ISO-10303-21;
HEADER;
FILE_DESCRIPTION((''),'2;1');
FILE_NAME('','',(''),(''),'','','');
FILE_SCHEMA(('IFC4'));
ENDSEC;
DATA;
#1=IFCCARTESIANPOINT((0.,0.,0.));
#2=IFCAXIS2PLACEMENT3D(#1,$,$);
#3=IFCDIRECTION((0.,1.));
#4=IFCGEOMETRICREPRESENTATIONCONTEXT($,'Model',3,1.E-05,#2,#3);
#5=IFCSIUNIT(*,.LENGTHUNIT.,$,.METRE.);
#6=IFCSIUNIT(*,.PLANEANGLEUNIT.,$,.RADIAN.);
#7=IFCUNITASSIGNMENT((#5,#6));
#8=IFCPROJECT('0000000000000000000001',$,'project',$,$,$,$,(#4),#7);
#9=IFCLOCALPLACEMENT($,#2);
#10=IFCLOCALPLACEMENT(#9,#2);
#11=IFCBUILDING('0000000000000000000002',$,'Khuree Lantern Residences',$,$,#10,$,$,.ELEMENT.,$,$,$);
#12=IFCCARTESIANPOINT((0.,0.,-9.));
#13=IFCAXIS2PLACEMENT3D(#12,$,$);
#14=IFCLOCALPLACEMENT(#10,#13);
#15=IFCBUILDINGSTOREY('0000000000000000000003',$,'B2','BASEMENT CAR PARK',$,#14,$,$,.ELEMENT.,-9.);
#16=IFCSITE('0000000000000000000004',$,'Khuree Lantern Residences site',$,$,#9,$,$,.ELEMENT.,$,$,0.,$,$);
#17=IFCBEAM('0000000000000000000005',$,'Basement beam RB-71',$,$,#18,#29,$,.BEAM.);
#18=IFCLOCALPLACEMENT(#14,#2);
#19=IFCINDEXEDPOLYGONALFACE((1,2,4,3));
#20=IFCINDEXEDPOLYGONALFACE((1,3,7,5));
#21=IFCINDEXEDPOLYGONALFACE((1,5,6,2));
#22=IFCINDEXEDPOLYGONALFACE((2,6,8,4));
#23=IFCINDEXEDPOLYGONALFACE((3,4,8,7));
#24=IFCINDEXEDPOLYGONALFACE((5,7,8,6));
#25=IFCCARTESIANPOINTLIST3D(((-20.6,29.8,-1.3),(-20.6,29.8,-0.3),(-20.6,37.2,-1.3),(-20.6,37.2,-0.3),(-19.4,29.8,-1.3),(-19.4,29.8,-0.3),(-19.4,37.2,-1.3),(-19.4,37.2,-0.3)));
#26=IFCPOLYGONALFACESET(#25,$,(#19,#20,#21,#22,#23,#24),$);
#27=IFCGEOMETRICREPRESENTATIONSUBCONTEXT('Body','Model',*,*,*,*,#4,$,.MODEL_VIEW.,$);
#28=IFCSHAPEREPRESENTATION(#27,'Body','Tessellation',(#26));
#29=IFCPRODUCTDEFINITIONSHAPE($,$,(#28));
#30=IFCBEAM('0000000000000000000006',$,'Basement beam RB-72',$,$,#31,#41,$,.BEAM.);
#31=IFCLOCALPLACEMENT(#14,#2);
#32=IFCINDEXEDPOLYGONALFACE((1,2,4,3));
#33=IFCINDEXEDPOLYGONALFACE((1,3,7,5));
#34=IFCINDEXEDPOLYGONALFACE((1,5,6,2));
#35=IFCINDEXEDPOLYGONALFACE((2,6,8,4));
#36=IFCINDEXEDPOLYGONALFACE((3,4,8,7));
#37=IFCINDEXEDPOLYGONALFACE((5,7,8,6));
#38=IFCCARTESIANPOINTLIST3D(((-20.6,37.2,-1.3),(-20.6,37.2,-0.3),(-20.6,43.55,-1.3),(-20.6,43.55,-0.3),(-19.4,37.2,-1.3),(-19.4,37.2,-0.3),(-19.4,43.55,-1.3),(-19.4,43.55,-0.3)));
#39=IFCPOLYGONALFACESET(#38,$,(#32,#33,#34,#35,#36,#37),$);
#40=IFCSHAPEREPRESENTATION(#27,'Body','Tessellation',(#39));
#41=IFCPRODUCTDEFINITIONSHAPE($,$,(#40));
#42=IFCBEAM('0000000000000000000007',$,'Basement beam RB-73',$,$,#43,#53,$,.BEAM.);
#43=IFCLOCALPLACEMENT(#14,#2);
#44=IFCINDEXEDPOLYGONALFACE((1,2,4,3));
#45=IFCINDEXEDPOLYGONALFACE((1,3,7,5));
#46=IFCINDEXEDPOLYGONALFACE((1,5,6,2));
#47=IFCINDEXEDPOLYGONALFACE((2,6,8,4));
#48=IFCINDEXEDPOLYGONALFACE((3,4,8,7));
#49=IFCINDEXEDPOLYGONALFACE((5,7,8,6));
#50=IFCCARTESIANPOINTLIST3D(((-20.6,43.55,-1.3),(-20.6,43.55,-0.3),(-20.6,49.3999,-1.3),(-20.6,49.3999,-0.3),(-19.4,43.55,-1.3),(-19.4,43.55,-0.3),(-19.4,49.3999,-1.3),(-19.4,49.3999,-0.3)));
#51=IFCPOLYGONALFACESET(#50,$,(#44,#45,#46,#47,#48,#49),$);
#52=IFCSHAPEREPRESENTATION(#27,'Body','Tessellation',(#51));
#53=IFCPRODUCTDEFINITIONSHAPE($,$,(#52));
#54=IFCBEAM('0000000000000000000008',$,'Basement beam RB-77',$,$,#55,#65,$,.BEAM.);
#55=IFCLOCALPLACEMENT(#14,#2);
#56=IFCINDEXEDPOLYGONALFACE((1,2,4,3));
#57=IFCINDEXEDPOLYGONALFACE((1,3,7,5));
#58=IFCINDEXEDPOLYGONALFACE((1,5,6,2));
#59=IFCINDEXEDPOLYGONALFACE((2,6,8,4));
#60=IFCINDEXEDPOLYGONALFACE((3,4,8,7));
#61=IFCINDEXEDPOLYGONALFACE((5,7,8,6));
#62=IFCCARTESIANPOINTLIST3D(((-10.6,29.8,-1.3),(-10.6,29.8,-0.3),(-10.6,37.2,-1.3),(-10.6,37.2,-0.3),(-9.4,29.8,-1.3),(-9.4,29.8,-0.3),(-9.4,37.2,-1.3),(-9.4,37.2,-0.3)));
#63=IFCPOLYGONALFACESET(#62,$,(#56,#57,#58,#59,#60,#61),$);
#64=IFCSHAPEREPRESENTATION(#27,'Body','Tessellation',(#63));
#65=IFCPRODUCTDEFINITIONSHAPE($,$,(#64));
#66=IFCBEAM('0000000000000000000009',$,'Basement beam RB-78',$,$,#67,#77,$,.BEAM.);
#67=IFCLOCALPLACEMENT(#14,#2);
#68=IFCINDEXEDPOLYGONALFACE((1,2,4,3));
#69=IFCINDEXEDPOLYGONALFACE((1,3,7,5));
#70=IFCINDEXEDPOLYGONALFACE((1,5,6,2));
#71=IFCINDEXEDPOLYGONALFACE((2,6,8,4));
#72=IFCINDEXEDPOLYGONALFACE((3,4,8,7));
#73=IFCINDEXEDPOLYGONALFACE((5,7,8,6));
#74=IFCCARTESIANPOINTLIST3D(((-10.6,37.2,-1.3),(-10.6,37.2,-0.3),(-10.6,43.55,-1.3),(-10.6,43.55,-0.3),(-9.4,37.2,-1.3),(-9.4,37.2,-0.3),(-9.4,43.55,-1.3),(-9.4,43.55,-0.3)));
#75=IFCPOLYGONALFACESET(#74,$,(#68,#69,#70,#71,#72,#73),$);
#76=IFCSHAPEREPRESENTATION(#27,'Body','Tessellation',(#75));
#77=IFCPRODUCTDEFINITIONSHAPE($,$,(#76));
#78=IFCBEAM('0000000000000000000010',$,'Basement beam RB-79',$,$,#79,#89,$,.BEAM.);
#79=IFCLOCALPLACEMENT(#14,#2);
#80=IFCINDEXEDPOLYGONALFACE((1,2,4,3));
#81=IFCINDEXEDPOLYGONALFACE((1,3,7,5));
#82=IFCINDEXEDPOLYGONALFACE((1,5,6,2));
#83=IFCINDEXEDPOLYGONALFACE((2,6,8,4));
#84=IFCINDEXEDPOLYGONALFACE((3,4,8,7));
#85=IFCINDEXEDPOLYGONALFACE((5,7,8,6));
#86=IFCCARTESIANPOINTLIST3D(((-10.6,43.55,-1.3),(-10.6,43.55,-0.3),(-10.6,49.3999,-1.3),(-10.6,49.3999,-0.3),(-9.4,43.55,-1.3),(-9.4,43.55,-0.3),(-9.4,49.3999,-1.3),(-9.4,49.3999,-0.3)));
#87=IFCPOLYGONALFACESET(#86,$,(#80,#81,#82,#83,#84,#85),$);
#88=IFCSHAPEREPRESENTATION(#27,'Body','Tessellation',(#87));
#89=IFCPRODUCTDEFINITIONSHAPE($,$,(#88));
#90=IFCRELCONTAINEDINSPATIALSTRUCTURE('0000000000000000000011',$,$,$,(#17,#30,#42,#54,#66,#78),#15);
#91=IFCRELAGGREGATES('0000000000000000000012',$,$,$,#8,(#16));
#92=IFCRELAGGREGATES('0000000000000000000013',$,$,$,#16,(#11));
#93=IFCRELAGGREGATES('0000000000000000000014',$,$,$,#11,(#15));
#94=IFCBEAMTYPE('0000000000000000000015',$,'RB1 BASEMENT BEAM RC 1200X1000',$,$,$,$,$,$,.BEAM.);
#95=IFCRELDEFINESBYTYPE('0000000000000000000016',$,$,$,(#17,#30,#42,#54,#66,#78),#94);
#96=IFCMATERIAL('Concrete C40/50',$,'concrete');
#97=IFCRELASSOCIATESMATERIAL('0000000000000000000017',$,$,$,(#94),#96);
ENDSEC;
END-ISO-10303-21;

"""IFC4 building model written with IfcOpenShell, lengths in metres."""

from ifc_helpers import new_model, si_unit, direction, frame, origin, origin_2d, place, context, subcontext, project, spatial, rectangle, extrude, material, material_profile, profile_set, type_object, element, save


model = new_model("IFC4")

# Units and contexts
model_context = context("Model", 3, precision=1e-05, world=origin(), true_north=direction((0.0, 1.0)))
body_context = subcontext(model_context, "Body", "Model", "MODEL_VIEW")
ifc_project = project(units=[si_unit("LENGTHUNIT", "METRE"), si_unit("PLANEANGLEUNIT", "RADIAN")], contexts=[model_context])

# Site, building, storey
site_placement = place(None, origin())
site = spatial("IfcSite", under=ifc_project, at=site_placement, Name="Khuree Lantern Residences site", CompositionType="ELEMENT", RefElevation=0.0)
building_placement = place(site_placement, origin())
building = spatial("IfcBuilding", under=site, at=building_placement, Name="Khuree Lantern Residences", CompositionType="ELEMENT")
storey_placement = place(building_placement, frame((0.0, 0.0, -9.0)))
storey = spatial("IfcBuildingStorey", under=building, at=storey_placement, Name="B2", Description="BASEMENT CAR PARK", CompositionType="ELEMENT", Elevation=-9.0)

# Beams
ifc_material_1 = material(Name="Concrete C40/50", Category="concrete")
ifc_material_profile_1 = material_profile(ifc_material_1, rectangle(XDim=1.2, YDim=1.0, at=origin_2d()), Name="RC 1200X1000")
ifc_profile_set_1 = profile_set([ifc_material_profile_1], Name="Concrete C40/50")
beam_type_1 = type_object("IfcBeamType", Name="RB1 BASEMENT BEAM RC 1200X1000", PredefinedType="BEAM", material=ifc_profile_set_1)
beam_1_placement = place(storey_placement, frame((-20.0, 29.8, -0.8), z_axis=(0.0, 1.0, 0.0), x_axis=(-1.0, 0.0, 0.0)))
element("IfcBeam", 1, at=beam_1_placement, inside=storey, type_object=beam_type_1, Name="Basement beam RB-71", PredefinedType="BEAM", context=body_context, shape_type="SweptSolid", body=[
    extrude(rectangle(XDim=1.2, YDim=1.0, at=origin_2d()), origin(), (0.0, 0.0, 1.0), 7.3999),
])
beam_2_placement = place(storey_placement, frame((-20.0, 37.2, -0.8), z_axis=(0.0, 1.0, 0.0), x_axis=(-1.0, 0.0, 0.0)))
element("IfcBeam", 2, at=beam_2_placement, inside=storey, type_object=beam_type_1, Name="Basement beam RB-72", PredefinedType="BEAM", context=body_context, shape_type="SweptSolid", body=[
    extrude(rectangle(XDim=1.2, YDim=1.0, at=origin_2d()), origin(), (0.0, 0.0, 1.0), 6.3501),
])
beam_3_placement = place(storey_placement, frame((-20.0, 43.55, -0.8), z_axis=(0.0, 1.0, 0.0), x_axis=(-1.0, 0.0, 0.0)))
element("IfcBeam", 3, at=beam_3_placement, inside=storey, type_object=beam_type_1, Name="Basement beam RB-73", PredefinedType="BEAM", context=body_context, shape_type="SweptSolid", body=[
    extrude(rectangle(XDim=1.2, YDim=1.0, at=origin_2d()), origin(), (0.0, 0.0, 1.0), 5.8499),
])
beam_4_placement = place(storey_placement, frame((-10.0, 29.8, -0.8), z_axis=(0.0, 1.0, 0.0), x_axis=(-1.0, 0.0, 0.0)))
element("IfcBeam", 4, at=beam_4_placement, inside=storey, type_object=beam_type_1, Name="Basement beam RB-77", PredefinedType="BEAM", context=body_context, shape_type="SweptSolid", body=[
    extrude(rectangle(XDim=1.2, YDim=1.0, at=origin_2d()), origin(), (0.0, 0.0, 1.0), 7.3999),
])
beam_5_placement = place(storey_placement, frame((-10.0, 37.2, -0.8), z_axis=(0.0, 1.0, 0.0), x_axis=(-1.0, 0.0, 0.0)))
element("IfcBeam", 5, at=beam_5_placement, inside=storey, type_object=beam_type_1, Name="Basement beam RB-78", PredefinedType="BEAM", context=body_context, shape_type="SweptSolid", body=[
    extrude(rectangle(XDim=1.2, YDim=1.0, at=origin_2d()), origin(), (0.0, 0.0, 1.0), 6.3501),
])
beam_6_placement = place(storey_placement, frame((-10.0, 43.55, -0.8), z_axis=(0.0, 1.0, 0.0), x_axis=(-1.0, 0.0, 0.0)))
element("IfcBeam", 6, at=beam_6_placement, inside=storey, type_object=beam_type_1, Name="Basement beam RB-79", PredefinedType="BEAM", context=body_context, shape_type="SweptSolid", body=[
    extrude(rectangle(XDim=1.2, YDim=1.0, at=origin_2d()), origin(), (0.0, 0.0, 1.0), 5.8499),
])

save(model, "model.ifc")
